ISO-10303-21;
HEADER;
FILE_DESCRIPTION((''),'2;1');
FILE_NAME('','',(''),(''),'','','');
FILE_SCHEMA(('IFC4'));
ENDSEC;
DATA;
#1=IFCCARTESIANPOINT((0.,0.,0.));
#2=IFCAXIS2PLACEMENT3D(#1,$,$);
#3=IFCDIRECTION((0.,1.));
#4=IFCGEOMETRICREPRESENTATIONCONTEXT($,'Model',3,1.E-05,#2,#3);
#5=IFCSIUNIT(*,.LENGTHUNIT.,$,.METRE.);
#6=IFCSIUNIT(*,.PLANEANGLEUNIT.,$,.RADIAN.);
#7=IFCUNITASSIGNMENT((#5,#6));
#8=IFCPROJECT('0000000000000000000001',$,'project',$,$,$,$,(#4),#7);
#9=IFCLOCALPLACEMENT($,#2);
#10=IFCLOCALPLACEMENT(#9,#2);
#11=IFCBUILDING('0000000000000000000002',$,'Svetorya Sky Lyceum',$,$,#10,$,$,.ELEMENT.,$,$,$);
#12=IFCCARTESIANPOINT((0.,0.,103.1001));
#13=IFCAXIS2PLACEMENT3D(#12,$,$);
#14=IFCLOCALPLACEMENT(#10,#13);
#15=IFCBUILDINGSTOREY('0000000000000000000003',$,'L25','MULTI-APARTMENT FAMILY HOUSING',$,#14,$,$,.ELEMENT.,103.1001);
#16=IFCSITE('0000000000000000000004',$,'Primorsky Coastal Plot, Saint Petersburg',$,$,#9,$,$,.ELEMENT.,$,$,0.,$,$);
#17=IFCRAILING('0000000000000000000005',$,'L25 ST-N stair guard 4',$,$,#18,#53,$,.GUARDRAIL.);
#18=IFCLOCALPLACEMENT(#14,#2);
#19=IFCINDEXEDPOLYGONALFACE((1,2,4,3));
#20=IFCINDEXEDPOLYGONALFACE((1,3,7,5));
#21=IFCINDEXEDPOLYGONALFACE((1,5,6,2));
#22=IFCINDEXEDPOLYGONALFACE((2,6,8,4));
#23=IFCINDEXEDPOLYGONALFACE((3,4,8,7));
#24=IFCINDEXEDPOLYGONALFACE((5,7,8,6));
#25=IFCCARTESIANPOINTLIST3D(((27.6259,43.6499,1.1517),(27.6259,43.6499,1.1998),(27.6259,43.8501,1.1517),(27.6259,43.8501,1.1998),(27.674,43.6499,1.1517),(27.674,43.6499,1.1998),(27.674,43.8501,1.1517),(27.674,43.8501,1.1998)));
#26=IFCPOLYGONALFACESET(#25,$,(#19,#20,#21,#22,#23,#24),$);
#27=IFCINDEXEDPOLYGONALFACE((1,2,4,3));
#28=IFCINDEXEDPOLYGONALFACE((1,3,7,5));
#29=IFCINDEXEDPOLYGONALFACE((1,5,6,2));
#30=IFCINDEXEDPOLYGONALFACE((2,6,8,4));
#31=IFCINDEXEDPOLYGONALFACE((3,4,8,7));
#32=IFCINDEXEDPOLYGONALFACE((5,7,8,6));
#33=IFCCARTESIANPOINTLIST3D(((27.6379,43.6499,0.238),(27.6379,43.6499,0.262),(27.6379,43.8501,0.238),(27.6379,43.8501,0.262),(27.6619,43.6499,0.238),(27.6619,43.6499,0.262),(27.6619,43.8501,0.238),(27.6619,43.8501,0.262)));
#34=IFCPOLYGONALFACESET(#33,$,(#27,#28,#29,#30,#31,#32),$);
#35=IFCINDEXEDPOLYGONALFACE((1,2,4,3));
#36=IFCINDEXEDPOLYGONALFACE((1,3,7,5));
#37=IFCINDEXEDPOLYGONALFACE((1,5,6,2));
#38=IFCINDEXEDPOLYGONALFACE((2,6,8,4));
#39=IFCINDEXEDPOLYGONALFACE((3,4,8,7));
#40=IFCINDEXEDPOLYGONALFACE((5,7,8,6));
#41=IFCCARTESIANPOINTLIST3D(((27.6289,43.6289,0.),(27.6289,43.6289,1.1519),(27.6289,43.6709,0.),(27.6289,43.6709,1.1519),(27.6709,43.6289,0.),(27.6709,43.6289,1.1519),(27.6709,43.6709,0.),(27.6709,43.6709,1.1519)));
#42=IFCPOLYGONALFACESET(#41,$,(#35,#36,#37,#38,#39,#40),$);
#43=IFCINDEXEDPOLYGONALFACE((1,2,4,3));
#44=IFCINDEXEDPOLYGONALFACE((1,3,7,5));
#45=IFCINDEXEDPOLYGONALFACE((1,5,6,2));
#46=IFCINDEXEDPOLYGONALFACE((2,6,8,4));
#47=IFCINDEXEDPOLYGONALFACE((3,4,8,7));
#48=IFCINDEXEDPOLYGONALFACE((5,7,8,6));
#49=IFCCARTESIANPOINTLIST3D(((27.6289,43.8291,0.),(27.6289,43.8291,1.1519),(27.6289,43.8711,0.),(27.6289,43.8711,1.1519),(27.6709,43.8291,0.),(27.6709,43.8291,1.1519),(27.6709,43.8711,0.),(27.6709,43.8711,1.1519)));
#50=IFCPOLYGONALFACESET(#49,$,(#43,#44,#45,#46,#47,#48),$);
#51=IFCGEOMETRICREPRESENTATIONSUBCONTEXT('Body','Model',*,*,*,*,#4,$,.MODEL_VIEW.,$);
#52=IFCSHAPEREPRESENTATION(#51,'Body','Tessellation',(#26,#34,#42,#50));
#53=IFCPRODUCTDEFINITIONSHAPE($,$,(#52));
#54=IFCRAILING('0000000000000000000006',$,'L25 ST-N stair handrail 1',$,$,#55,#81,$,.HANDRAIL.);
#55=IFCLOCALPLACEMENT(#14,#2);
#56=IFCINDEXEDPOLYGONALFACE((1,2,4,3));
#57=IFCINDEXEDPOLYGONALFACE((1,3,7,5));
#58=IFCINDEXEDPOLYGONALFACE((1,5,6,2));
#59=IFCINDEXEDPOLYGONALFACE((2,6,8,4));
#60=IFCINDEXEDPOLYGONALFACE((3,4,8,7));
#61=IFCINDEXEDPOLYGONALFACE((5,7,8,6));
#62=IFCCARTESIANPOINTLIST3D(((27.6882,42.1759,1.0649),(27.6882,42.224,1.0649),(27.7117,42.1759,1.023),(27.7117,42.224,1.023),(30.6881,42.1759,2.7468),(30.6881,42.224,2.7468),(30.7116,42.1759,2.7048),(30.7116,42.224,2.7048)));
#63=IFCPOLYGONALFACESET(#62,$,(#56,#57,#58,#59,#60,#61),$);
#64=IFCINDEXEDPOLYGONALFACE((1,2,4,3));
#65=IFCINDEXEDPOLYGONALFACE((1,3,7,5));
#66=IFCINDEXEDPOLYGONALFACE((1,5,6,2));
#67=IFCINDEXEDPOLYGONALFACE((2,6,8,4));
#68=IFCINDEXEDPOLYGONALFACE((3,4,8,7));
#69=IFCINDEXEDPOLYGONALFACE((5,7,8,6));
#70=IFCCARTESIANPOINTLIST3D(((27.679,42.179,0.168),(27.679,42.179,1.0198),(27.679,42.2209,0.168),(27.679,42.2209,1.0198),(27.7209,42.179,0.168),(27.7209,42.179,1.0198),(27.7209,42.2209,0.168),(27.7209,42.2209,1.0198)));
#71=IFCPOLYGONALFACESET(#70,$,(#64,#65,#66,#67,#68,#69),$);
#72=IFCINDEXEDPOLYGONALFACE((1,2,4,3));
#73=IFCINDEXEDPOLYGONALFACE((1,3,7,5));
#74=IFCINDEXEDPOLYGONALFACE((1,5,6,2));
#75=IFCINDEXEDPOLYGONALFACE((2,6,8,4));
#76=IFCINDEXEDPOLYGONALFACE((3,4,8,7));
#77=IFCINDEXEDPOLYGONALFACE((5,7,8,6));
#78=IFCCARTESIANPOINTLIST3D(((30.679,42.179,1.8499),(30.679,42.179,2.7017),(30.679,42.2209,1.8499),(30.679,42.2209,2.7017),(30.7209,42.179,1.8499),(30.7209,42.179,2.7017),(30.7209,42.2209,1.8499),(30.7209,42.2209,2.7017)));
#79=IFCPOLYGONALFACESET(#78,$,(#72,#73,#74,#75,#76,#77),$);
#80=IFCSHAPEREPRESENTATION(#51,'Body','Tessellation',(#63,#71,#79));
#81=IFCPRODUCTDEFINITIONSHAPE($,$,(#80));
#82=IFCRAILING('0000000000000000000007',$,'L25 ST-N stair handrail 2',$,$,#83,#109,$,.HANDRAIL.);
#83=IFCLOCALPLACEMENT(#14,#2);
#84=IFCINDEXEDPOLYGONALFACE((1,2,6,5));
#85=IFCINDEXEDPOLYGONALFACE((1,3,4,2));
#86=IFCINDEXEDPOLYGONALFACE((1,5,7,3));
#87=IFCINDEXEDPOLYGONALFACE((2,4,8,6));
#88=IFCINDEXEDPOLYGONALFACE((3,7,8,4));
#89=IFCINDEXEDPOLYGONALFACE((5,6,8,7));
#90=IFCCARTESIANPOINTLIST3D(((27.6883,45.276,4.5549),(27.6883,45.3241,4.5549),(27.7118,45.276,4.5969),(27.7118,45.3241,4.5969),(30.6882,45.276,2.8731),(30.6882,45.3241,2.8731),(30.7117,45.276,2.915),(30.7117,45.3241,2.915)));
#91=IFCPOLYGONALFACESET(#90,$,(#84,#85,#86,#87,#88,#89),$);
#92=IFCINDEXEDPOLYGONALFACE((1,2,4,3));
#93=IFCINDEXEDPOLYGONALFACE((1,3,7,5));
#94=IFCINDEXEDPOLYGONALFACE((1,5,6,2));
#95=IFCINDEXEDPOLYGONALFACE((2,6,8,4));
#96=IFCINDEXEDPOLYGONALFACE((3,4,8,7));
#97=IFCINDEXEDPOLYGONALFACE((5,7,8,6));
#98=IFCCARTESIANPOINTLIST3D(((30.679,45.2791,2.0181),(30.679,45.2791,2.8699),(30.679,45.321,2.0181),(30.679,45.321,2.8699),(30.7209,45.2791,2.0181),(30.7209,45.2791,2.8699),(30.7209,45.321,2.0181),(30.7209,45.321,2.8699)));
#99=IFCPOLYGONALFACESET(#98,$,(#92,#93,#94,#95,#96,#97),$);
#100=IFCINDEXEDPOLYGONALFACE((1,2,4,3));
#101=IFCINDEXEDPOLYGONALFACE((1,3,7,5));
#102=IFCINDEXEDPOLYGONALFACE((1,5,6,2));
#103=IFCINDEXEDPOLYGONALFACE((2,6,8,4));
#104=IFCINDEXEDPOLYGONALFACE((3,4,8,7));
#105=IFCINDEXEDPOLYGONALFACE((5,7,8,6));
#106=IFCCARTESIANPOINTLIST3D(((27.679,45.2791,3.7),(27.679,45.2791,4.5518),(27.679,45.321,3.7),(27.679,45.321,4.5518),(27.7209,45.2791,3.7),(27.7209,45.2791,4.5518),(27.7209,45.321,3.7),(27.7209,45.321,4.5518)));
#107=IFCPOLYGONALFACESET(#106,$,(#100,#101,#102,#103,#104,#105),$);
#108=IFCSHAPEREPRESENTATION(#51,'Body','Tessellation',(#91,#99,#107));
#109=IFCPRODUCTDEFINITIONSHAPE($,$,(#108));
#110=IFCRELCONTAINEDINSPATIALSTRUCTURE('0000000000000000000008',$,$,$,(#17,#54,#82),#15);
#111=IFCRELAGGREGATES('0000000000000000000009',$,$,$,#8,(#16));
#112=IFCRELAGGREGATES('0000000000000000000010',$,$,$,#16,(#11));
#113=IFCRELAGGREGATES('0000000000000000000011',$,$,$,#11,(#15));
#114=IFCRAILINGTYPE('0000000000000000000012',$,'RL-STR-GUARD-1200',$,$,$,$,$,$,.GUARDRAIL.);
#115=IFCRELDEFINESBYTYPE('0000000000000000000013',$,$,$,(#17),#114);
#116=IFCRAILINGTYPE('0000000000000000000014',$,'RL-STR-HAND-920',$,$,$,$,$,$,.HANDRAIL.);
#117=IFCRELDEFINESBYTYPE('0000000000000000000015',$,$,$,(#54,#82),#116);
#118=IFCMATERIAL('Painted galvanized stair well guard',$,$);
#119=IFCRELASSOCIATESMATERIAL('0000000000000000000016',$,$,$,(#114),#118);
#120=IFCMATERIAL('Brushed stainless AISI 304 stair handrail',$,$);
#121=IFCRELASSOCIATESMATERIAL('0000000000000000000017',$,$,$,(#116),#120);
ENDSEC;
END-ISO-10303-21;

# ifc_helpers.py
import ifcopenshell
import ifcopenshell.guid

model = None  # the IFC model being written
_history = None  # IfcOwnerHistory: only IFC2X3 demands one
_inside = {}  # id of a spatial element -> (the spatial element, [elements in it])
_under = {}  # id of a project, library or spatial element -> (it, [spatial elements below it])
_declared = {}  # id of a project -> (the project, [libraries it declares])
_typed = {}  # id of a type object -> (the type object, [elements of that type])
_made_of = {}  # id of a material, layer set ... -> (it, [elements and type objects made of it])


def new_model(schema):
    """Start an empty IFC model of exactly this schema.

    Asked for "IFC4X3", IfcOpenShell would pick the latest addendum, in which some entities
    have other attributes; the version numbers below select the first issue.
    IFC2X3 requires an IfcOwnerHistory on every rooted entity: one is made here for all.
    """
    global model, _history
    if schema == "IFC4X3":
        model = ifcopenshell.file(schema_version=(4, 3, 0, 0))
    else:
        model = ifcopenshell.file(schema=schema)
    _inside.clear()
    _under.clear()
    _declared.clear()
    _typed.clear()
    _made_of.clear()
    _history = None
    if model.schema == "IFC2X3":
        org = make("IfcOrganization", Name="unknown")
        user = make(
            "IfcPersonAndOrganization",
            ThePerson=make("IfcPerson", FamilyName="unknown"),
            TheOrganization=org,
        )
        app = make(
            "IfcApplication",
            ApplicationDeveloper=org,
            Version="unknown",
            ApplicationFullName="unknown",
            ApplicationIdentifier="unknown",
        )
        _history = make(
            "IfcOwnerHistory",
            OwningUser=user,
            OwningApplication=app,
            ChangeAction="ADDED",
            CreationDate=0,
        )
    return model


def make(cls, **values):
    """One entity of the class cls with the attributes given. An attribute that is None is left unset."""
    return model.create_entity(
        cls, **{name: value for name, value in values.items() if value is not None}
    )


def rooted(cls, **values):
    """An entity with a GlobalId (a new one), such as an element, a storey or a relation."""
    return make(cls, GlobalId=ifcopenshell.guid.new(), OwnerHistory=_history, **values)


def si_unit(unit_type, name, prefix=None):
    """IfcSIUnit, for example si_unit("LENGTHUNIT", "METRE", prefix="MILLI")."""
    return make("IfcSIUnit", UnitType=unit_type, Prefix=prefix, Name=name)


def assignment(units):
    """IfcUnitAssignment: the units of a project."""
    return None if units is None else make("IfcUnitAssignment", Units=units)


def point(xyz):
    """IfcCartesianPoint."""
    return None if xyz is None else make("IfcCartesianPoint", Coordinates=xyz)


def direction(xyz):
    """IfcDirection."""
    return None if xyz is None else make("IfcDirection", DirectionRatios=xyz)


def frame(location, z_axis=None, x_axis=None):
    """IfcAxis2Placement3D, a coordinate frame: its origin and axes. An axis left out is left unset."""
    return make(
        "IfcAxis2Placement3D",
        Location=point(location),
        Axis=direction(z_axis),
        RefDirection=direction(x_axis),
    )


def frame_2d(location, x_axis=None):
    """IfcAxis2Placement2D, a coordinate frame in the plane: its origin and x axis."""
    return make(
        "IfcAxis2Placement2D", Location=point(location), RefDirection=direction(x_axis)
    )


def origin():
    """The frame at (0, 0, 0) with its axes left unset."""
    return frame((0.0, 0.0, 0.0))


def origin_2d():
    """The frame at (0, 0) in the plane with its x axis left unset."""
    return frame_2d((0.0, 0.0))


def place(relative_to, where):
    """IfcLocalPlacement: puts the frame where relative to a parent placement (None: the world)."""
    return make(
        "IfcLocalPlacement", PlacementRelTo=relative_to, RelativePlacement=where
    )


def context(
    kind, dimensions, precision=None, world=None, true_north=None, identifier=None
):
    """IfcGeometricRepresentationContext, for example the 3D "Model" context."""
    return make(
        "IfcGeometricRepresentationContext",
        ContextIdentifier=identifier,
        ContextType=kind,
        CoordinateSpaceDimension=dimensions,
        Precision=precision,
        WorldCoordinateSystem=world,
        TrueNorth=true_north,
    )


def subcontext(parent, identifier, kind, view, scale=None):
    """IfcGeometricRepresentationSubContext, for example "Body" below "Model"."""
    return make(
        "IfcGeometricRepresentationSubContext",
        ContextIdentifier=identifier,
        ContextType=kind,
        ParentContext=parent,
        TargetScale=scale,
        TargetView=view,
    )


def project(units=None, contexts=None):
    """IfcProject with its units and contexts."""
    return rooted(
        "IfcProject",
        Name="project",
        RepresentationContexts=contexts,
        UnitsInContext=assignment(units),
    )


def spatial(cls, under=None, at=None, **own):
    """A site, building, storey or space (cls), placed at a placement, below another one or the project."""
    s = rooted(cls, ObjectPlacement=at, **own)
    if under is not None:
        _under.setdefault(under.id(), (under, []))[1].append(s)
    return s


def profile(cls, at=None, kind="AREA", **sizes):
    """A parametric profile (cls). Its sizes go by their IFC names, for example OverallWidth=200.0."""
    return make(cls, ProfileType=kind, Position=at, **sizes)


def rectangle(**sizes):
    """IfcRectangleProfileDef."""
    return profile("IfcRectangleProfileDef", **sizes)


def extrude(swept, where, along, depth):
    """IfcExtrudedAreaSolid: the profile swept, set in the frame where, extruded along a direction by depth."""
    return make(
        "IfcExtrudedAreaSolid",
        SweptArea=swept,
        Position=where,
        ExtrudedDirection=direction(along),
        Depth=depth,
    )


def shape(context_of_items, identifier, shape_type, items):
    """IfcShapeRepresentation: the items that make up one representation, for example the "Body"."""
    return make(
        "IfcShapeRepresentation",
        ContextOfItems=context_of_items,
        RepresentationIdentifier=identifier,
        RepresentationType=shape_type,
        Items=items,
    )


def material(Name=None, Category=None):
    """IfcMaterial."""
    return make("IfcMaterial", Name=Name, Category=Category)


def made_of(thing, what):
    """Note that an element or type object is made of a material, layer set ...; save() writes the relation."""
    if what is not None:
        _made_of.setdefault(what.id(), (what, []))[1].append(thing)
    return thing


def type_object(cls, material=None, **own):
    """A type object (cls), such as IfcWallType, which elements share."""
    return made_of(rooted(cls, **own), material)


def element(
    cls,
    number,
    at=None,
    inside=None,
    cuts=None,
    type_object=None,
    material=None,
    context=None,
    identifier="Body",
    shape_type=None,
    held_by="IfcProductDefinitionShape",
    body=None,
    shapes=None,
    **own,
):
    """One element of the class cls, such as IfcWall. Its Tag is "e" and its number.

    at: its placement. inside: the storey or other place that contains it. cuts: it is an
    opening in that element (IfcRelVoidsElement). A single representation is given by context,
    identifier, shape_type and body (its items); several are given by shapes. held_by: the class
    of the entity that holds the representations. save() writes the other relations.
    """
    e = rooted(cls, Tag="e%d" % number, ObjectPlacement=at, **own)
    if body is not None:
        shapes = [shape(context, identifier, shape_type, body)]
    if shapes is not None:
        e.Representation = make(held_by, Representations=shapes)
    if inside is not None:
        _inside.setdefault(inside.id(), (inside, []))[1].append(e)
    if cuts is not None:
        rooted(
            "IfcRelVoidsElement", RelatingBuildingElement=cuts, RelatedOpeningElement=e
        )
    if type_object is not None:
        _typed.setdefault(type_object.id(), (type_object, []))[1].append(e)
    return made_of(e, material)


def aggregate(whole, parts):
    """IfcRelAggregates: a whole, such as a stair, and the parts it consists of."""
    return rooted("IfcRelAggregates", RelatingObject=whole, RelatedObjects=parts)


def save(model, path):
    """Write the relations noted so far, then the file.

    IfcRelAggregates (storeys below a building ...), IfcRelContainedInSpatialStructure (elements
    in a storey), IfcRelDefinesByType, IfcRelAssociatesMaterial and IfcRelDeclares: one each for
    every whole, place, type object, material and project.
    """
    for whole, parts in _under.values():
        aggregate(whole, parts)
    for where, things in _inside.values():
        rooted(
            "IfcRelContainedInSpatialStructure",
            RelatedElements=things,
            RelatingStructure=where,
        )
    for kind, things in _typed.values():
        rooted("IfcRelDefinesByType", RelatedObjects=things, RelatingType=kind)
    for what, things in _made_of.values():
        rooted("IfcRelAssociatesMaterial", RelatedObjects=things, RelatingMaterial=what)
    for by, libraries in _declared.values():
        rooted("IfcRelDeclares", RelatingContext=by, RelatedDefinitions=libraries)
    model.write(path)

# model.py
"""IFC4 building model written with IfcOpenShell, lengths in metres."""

from ifc_helpers import new_model, si_unit, direction, frame, origin, origin_2d, place, context, subcontext, project, spatial, rectangle, extrude, material, type_object, element, save


model = new_model("IFC4")

# Units and contexts
model_context = context("Model", 3, precision=1e-05, world=origin(), true_north=direction((0.0, 1.0)))
body_context = subcontext(model_context, "Body", "Model", "MODEL_VIEW")
ifc_project = project(units=[si_unit("LENGTHUNIT", "METRE"), si_unit("PLANEANGLEUNIT", "RADIAN")], contexts=[model_context])

# Site, building, storey
site_placement = place(None, origin())
site = spatial("IfcSite", under=ifc_project, at=site_placement, Name="Primorsky Coastal Plot, Saint Petersburg", CompositionType="ELEMENT", RefElevation=0.0)
building_placement = place(site_placement, origin())
building = spatial("IfcBuilding", under=site, at=building_placement, Name="Svetorya Sky Lyceum", CompositionType="ELEMENT")
storey_placement = place(building_placement, frame((0.0, 0.0, 103.1001)))
storey = spatial("IfcBuildingStorey", under=building, at=storey_placement, Name="L25", Description="MULTI-APARTMENT FAMILY HOUSING", CompositionType="ELEMENT", Elevation=103.1001)

# Railings
ifc_material_1 = material(Name="Painted galvanized stair well guard")
railing_type_1 = type_object("IfcRailingType", Name="RL-STR-GUARD-1200", PredefinedType="GUARDRAIL", material=ifc_material_1)
railing_1_placement = place(storey_placement, frame((27.6499, 43.6499, 0.0)))
element("IfcRailing", 1, at=railing_1_placement, inside=storey, type_object=railing_type_1, Name="L25 ST-N stair guard 4", PredefinedType="GUARDRAIL", context=body_context, shape_type="SweptSolid", body=[
    extrude(rectangle(XDim=0.0481, YDim=0.0481, at=origin_2d()), frame((0.0, 0.0, 1.1758), z_axis=(0.0, 1.0, 0.0), x_axis=(-1.0, 0.0, 0.0)), (0.0, 0.0, 1.0), 0.2002),
    extrude(rectangle(XDim=0.0239, YDim=0.0239, at=origin_2d()), frame((0.0, 0.0, 0.25), z_axis=(0.0, 1.0, 0.0), x_axis=(-1.0, 0.0, 0.0)), (0.0, 0.0, 1.0), 0.2002),
    extrude(rectangle(XDim=0.042, YDim=0.042, at=origin_2d()), origin(), (0.0, 0.0, 1.0), 1.1519),
    extrude(rectangle(XDim=0.042, YDim=0.042, at=origin_2d()), frame((0.0, 0.2002, 0.0)), (0.0, 0.0, 1.0), 1.1519),
])
ifc_material_2 = material(Name="Brushed stainless AISI 304 stair handrail")
railing_type_2 = type_object("IfcRailingType", Name="RL-STR-HAND-920", PredefinedType="HANDRAIL", material=ifc_material_2)
railing_2_placement = place(storey_placement, frame((27.7, 42.2, 0.168)))
element("IfcRailing", 2, at=railing_2_placement, inside=storey, type_object=railing_type_2, Name="L25 ST-N stair handrail 1", PredefinedType="HANDRAIL", context=body_context, shape_type="SweptSolid", body=[
    extrude(rectangle(XDim=0.0481, YDim=0.0481, at=origin_2d()), frame((0.0, 0.0, 0.876), z_axis=(0.872272, 0.0, 0.48902), x_axis=(0.0, 1.0, 0.0)), (0.0, 0.0, 1.0), 3.4392),
    extrude(rectangle(XDim=0.042, YDim=0.042, at=origin_2d()), origin(), (0.0, 0.0, 1.0), 0.8518),
    extrude(rectangle(XDim=0.042, YDim=0.042, at=origin_2d()), frame((3.0, 0.0, 1.6819)), (0.0, 0.0, 1.0), 0.8518),
])
railing_3_placement = place(storey_placement, frame((30.7, 45.3, 2.0181)))
element("IfcRailing", 3, at=railing_3_placement, inside=storey, type_object=railing_type_2, Name="L25 ST-N stair handrail 2", PredefinedType="HANDRAIL", context=body_context, shape_type="SweptSolid", body=[
    extrude(rectangle(XDim=0.0481, YDim=0.0481, at=origin_2d()), frame((0.0, 0.0, 0.876), z_axis=(-0.872272, 0.0, 0.48902), x_axis=(0.0, -1.0, 0.0)), (0.0, 0.0, 1.0), 3.4392),
    extrude(rectangle(XDim=0.042, YDim=0.042, at=origin_2d()), origin(), (0.0, 0.0, 1.0), 0.8518),
    extrude(rectangle(XDim=0.042, YDim=0.042, at=origin_2d()), frame((-3.0, 0.0, 1.6819)), (0.0, 0.0, 1.0), 0.8518),
])

save(model, "model.ifc")
